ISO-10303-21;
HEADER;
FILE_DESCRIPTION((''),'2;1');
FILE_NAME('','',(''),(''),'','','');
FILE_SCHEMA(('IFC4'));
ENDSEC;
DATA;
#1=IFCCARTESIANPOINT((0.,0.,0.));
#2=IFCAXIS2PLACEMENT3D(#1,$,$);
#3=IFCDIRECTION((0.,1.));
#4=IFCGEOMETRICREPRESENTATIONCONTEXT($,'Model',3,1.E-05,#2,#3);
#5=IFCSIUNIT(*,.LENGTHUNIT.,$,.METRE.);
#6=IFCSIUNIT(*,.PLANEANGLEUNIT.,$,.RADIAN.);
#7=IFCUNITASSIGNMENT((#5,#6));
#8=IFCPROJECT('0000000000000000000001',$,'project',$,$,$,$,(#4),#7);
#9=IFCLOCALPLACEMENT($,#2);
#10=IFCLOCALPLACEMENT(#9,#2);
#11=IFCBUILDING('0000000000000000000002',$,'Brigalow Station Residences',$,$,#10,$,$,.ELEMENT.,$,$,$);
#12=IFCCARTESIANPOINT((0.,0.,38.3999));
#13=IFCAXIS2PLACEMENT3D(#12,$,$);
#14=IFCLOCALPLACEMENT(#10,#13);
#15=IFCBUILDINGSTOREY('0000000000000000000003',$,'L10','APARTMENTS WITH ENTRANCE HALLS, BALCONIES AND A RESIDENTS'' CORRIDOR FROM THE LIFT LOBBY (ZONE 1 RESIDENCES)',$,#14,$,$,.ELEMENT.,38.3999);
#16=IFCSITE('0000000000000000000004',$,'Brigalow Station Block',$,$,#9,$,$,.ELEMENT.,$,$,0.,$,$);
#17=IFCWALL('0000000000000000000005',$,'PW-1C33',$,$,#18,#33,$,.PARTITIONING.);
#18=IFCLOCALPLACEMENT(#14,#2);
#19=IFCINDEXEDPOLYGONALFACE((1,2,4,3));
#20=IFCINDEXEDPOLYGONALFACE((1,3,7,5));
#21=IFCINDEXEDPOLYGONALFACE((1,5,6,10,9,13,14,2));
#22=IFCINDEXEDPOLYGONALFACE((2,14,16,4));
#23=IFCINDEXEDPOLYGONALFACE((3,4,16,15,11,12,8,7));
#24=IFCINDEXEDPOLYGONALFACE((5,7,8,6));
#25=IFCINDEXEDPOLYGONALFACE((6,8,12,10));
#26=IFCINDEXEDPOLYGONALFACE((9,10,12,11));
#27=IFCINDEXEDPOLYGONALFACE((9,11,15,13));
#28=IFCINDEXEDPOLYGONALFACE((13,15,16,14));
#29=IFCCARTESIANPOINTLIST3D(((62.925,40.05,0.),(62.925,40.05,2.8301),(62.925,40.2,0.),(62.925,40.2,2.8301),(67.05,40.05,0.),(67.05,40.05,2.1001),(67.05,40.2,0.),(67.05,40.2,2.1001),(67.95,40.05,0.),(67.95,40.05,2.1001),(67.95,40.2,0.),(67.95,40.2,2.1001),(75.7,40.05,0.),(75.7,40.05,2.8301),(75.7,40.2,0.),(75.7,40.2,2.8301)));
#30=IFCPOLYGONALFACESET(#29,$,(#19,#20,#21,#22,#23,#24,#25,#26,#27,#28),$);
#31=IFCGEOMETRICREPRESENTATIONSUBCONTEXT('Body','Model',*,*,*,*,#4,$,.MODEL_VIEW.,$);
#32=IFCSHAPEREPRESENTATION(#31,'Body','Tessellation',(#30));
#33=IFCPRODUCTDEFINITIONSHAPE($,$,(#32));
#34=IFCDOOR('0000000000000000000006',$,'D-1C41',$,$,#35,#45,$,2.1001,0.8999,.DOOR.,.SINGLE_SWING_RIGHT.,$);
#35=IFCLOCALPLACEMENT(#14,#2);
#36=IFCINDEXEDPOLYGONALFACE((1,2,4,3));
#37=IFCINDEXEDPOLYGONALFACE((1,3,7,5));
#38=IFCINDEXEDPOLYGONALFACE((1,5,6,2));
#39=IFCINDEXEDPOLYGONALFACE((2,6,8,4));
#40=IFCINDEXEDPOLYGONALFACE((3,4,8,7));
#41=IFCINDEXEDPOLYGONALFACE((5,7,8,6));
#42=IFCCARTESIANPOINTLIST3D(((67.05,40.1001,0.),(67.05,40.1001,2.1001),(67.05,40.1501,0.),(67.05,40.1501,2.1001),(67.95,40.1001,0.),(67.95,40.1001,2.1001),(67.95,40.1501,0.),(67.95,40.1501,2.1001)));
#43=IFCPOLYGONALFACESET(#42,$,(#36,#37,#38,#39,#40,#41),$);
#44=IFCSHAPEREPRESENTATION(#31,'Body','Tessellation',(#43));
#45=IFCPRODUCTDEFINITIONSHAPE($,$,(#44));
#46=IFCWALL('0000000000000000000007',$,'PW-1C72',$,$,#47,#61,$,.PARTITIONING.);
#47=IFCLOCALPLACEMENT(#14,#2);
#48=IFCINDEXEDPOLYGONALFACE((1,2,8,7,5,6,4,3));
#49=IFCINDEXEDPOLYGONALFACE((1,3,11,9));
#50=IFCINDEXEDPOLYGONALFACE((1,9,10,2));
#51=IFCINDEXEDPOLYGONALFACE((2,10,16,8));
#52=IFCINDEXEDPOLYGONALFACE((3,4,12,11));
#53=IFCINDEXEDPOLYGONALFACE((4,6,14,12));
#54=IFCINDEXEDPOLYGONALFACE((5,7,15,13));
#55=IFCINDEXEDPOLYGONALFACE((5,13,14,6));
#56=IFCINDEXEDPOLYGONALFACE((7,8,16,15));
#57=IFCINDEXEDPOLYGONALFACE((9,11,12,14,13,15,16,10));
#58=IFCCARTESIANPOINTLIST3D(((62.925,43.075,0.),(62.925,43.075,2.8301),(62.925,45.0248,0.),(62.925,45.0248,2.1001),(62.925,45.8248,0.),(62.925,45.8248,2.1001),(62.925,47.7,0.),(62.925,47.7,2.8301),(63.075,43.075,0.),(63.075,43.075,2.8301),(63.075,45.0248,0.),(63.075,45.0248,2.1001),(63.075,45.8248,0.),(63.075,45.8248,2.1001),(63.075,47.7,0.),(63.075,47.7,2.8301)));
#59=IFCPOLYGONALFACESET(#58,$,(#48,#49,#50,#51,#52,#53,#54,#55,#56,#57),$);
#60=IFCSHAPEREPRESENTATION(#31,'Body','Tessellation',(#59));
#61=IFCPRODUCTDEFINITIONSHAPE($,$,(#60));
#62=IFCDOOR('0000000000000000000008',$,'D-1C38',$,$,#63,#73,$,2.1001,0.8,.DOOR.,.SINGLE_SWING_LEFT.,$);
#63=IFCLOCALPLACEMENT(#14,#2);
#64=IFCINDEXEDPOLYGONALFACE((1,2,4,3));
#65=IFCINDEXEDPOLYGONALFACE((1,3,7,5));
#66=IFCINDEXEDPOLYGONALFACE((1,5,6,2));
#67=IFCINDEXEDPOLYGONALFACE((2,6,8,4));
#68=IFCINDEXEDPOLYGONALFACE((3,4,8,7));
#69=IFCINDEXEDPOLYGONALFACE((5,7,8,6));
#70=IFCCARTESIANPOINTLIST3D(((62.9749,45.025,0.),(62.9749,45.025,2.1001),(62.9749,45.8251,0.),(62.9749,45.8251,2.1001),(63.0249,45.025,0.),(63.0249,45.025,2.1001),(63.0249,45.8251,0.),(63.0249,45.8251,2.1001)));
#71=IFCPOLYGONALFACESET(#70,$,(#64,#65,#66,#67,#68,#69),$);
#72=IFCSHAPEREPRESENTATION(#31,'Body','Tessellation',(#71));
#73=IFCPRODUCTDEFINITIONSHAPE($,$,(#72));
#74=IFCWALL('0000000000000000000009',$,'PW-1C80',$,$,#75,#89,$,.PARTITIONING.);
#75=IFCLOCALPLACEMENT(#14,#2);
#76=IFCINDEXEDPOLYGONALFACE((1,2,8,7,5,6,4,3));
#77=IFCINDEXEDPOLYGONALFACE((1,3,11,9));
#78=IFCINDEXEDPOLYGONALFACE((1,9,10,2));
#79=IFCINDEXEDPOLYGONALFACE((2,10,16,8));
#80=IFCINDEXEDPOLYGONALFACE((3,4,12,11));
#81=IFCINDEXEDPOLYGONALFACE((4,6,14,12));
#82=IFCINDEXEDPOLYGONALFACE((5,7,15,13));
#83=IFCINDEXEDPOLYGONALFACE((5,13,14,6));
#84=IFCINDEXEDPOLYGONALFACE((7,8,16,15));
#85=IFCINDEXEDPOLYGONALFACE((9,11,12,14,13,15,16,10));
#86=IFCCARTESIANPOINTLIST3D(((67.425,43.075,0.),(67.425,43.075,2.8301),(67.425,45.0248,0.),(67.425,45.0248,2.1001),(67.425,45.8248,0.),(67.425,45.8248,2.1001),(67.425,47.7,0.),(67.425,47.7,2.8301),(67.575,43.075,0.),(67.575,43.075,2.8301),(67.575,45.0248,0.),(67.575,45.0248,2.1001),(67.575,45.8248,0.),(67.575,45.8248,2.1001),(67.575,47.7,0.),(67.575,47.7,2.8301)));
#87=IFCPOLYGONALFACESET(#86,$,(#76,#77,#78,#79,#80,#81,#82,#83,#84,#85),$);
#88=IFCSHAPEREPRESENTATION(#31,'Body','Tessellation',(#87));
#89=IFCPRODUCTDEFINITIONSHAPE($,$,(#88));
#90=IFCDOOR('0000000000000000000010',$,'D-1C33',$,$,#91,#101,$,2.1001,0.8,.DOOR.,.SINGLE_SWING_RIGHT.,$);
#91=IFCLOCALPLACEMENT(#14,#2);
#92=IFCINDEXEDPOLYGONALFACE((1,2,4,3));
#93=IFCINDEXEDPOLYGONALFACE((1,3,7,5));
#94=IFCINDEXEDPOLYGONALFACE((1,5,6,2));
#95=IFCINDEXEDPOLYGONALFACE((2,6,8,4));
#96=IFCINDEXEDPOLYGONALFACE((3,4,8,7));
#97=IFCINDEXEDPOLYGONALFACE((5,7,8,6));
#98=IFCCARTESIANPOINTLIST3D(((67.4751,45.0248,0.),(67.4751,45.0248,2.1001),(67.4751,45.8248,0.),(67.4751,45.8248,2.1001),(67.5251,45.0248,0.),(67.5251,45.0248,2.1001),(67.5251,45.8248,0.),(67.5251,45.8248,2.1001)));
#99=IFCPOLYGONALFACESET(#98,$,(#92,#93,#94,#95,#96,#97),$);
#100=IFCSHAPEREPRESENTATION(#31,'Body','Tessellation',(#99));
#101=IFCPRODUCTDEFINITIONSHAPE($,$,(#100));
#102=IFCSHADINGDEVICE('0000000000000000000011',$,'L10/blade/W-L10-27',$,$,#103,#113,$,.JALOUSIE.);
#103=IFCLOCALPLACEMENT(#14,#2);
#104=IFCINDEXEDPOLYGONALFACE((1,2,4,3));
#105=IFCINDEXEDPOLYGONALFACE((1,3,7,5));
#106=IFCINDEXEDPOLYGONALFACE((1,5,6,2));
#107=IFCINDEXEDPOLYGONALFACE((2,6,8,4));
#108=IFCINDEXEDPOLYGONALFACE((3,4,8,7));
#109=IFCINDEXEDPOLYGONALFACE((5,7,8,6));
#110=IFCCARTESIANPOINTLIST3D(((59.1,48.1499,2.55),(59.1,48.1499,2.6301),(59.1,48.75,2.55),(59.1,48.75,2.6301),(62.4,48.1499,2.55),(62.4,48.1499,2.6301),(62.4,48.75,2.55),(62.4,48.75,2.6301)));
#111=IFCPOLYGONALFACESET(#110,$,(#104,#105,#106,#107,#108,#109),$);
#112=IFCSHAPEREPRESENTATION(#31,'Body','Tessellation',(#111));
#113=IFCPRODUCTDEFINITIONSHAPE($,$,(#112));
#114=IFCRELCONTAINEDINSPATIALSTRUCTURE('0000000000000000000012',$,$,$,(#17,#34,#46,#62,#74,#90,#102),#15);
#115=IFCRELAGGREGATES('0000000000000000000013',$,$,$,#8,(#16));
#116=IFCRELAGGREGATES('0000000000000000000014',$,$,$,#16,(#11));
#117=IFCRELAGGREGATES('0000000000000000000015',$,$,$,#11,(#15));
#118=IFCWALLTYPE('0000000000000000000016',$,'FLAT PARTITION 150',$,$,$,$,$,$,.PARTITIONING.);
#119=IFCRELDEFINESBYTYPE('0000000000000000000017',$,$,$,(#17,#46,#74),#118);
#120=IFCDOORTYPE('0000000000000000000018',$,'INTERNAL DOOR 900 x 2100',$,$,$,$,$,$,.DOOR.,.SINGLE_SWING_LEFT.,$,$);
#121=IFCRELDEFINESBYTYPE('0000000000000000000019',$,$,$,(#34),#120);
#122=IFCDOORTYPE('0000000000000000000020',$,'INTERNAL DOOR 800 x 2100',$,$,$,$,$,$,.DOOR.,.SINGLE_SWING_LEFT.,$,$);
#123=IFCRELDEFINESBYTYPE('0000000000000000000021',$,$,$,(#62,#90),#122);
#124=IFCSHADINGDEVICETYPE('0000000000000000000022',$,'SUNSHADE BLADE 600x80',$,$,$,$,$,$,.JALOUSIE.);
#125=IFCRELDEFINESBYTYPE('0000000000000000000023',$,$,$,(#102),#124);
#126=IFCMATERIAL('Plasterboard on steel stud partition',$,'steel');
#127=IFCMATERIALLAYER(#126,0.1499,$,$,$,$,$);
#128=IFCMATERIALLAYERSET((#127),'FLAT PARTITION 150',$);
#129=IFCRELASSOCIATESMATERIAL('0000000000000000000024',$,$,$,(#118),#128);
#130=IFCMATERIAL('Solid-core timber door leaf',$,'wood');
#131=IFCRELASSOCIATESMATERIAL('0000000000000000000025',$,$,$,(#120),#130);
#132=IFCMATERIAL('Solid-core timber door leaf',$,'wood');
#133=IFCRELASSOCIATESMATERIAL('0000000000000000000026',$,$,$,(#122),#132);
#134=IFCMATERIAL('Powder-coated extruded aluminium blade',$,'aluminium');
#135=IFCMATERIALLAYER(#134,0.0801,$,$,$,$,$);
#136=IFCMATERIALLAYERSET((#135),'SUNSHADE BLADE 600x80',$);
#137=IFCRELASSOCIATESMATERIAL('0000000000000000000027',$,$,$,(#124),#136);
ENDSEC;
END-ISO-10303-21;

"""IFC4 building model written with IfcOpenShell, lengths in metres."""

from ifc_helpers import new_model, si_unit, direction, frame, frame_2d, origin, origin_2d, place, context, subcontext, project, spatial, rectangle, extrude, material, layer, layer_set, type_object, element, fill, save


model = new_model("IFC4")

# Units and contexts
model_context = context("Model", 3, precision=1e-05, world=origin(), true_north=direction((0.0, 1.0)))
body_context = subcontext(model_context, "Body", "Model", "MODEL_VIEW")
ifc_project = project(units=[si_unit("LENGTHUNIT", "METRE"), si_unit("PLANEANGLEUNIT", "RADIAN")], contexts=[model_context])

# Site, building, storey
site_placement = place(None, origin())
site = spatial("IfcSite", under=ifc_project, at=site_placement, Name="Brigalow Station Block", CompositionType="ELEMENT", RefElevation=0.0)
building_placement = place(site_placement, origin())
building = spatial("IfcBuilding", under=site, at=building_placement, Name="Brigalow Station Residences", CompositionType="ELEMENT")
storey_placement = place(building_placement, frame((0.0, 0.0, 38.3999)))
storey = spatial("IfcBuildingStorey", under=building, at=storey_placement, Name="L10", Description="APARTMENTS WITH ENTRANCE HALLS, BALCONIES AND A RESIDENTS' CORRIDOR FROM THE LIFT LOBBY (ZONE 1 RESIDENCES)", CompositionType="ELEMENT", Elevation=38.3999)

# Walls, openings, doors
ifc_material_1 = material(Name="Plasterboard on steel stud partition", Category="steel")
ifc_layer_1 = layer(ifc_material_1, 0.1499)
ifc_layer_set_1 = layer_set([ifc_layer_1], Name="FLAT PARTITION 150")
wall_type_1 = type_object("IfcWallType", Name="FLAT PARTITION 150", PredefinedType="PARTITIONING", material=ifc_layer_set_1)
wall_1_placement = place(storey_placement, frame((62.925, 40.125, 0.0), z_axis=(0.0, 0.0, 1.0), x_axis=(1.0, 0.0, 0.0)))
wall_1 = element("IfcWall", 1, at=wall_1_placement, inside=storey, type_object=wall_type_1, Name="PW-1C33", PredefinedType="PARTITIONING", context=body_context, shape_type="SweptSolid", body=[
    extrude(rectangle(XDim=12.7749, YDim=0.1499, at=frame_2d((6.3875, 0.0))), origin(), (0.0, 0.0, 1.0), 2.8301),
])
opening_1_placement = place(wall_1_placement, frame((4.125, 0.0, 0.0)))
opening_1 = element("IfcOpeningElement", 2, at=opening_1_placement, cuts=wall_1, PredefinedType="OPENING", context=body_context, shape_type="SweptSolid", body=[
    extrude(rectangle(XDim=0.8999, YDim=2.1001, at=frame_2d((0.45, 1.05))), frame((0.0, 0.085, 0.0), z_axis=(0.0, -1.0, 0.0), x_axis=(1.0, 0.0, 0.0)), (0.0, 0.0, 1.0), 0.1699),
])
ifc_material_2 = material(Name="Solid-core timber door leaf", Category="wood")
door_type_1 = type_object("IfcDoorType", Name="INTERNAL DOOR 900 x 2100", OperationType="SINGLE_SWING_LEFT", PredefinedType="DOOR", material=ifc_material_2)
door_1_placement = place(opening_1_placement, frame((0.8999, 0.0, 0.0), z_axis=(0.0, 0.0, 1.0), x_axis=(-1.0, 0.0, 0.0)))
door_1 = element("IfcDoor", 3, at=door_1_placement, inside=storey, type_object=door_type_1, Name="D-1C41", OperationType="SINGLE_SWING_RIGHT", OverallHeight=2.1001, OverallWidth=0.8999, PredefinedType="DOOR", context=body_context, shape_type="SweptSolid", body=[
    extrude(rectangle(XDim=0.8999, YDim=2.1001, at=frame_2d((0.45, 1.05))), frame((0.0, 0.0249, 0.0), z_axis=(0.0, -1.0, 0.0), x_axis=(1.0, 0.0, 0.0)), (0.0, 0.0, 1.0), 0.05),
])
fill(opening_1, door_1)
wall_2_placement = place(storey_placement, frame((63.0, 43.075, 0.0), z_axis=(0.0, 0.0, 1.0), x_axis=(0.0, 1.0, 0.0)))
wall_2 = element("IfcWall", 4, at=wall_2_placement, inside=storey, type_object=wall_type_1, Name="PW-1C72", PredefinedType="PARTITIONING", context=body_context, shape_type="SweptSolid", body=[
    extrude(rectangle(XDim=4.625, YDim=0.1499, at=frame_2d((2.3125, 0.0))), origin(), (0.0, 0.0, 1.0), 2.8301),
])
opening_2_placement = place(wall_2_placement, frame((1.95, 0.0, 0.0)))
opening_2 = element("IfcOpeningElement", 5, at=opening_2_placement, cuts=wall_2, PredefinedType="OPENING", context=body_context, shape_type="SweptSolid", body=[
    extrude(rectangle(XDim=0.8, YDim=2.1001, at=frame_2d((0.3999, 1.05))), frame((0.0, 0.085, 0.0), z_axis=(0.0, -1.0, 0.0), x_axis=(1.0, 0.0, 0.0)), (0.0, 0.0, 1.0), 0.1699),
])
ifc_material_3 = material(Name="Solid-core timber door leaf", Category="wood")
door_type_2 = type_object("IfcDoorType", Name="INTERNAL DOOR 800 x 2100", OperationType="SINGLE_SWING_LEFT", PredefinedType="DOOR", material=ifc_material_3)
door_2_placement = place(opening_2_placement, frame((0.8, 0.0, 0.0), z_axis=(0.0, 0.0, 1.0), x_axis=(-1.0, 0.0, 0.0)))
door_2 = element("IfcDoor", 6, at=door_2_placement, inside=storey, type_object=door_type_2, Name="D-1C38", OperationType="SINGLE_SWING_LEFT", OverallHeight=2.1001, OverallWidth=0.8, PredefinedType="DOOR", context=body_context, shape_type="SweptSolid", body=[
    extrude(rectangle(XDim=0.8, YDim=2.1001, at=frame_2d((0.3999, 1.05))), frame((0.0, 0.0249, 0.0), z_axis=(0.0, -1.0, 0.0), x_axis=(1.0, 0.0, 0.0)), (0.0, 0.0, 1.0), 0.05),
])
fill(opening_2, door_2)
wall_3_placement = place(storey_placement, frame((67.5, 43.075, 0.0), z_axis=(0.0, 0.0, 1.0), x_axis=(0.0, 1.0, 0.0)))
wall_3 = element("IfcWall", 7, at=wall_3_placement, inside=storey, type_object=wall_type_1, Name="PW-1C80", PredefinedType="PARTITIONING", context=body_context, shape_type="SweptSolid", body=[
    extrude(rectangle(XDim=4.625, YDim=0.1499, at=frame_2d((2.3125, 0.0))), origin(), (0.0, 0.0, 1.0), 2.8301),
])
opening_3_placement = place(wall_3_placement, frame((1.95, 0.0, 0.0)))
opening_3 = element("IfcOpeningElement", 8, at=opening_3_placement, cuts=wall_3, PredefinedType="OPENING", context=body_context, shape_type="SweptSolid", body=[
    extrude(rectangle(XDim=0.8, YDim=2.1001, at=frame_2d((0.3999, 1.05))), frame((0.0, 0.085, 0.0), z_axis=(0.0, -1.0, 0.0), x_axis=(1.0, 0.0, 0.0)), (0.0, 0.0, 1.0), 0.1699),
])
door_3_placement = place(opening_3_placement, origin())
door_3 = element("IfcDoor", 9, at=door_3_placement, inside=storey, type_object=door_type_2, Name="D-1C33", OperationType="SINGLE_SWING_RIGHT", OverallHeight=2.1001, OverallWidth=0.8, PredefinedType="DOOR", context=body_context, shape_type="SweptSolid", body=[
    extrude(rectangle(XDim=0.8, YDim=2.1001, at=frame_2d((0.3999, 1.05))), frame((0.0, 0.0249, 0.0), z_axis=(0.0, -1.0, 0.0), x_axis=(1.0, 0.0, 0.0)), (0.0, 0.0, 1.0), 0.05),
])
fill(opening_3, door_3)

# Shading device
ifc_material_4 = material(Name="Powder-coated extruded aluminium blade", Category="aluminium")
ifc_layer_2 = layer(ifc_material_4, 0.0801)
ifc_layer_set_2 = layer_set([ifc_layer_2], Name="SUNSHADE BLADE 600x80")
shading_device_type = type_object("IfcShadingDeviceType", Name="SUNSHADE BLADE 600x80", PredefinedType="JALOUSIE", material=ifc_layer_set_2)
shading_device_placement = place(storey_placement, frame((60.75, 48.45, 2.55), z_axis=(0.0, 0.0, 1.0), x_axis=(-1.0, 0.0, 0.0)))
element("IfcShadingDevice", 10, at=shading_device_placement, inside=storey, type_object=shading_device_type, Name="L10/blade/W-L10-27", PredefinedType="JALOUSIE", context=body_context, shape_type="SweptSolid", body=[
    extrude(rectangle(XDim=3.3, YDim=0.6001, at=origin_2d()), origin(), (0.0, 0.0, 1.0), 0.0801),
])

save(model, "model.ifc")
